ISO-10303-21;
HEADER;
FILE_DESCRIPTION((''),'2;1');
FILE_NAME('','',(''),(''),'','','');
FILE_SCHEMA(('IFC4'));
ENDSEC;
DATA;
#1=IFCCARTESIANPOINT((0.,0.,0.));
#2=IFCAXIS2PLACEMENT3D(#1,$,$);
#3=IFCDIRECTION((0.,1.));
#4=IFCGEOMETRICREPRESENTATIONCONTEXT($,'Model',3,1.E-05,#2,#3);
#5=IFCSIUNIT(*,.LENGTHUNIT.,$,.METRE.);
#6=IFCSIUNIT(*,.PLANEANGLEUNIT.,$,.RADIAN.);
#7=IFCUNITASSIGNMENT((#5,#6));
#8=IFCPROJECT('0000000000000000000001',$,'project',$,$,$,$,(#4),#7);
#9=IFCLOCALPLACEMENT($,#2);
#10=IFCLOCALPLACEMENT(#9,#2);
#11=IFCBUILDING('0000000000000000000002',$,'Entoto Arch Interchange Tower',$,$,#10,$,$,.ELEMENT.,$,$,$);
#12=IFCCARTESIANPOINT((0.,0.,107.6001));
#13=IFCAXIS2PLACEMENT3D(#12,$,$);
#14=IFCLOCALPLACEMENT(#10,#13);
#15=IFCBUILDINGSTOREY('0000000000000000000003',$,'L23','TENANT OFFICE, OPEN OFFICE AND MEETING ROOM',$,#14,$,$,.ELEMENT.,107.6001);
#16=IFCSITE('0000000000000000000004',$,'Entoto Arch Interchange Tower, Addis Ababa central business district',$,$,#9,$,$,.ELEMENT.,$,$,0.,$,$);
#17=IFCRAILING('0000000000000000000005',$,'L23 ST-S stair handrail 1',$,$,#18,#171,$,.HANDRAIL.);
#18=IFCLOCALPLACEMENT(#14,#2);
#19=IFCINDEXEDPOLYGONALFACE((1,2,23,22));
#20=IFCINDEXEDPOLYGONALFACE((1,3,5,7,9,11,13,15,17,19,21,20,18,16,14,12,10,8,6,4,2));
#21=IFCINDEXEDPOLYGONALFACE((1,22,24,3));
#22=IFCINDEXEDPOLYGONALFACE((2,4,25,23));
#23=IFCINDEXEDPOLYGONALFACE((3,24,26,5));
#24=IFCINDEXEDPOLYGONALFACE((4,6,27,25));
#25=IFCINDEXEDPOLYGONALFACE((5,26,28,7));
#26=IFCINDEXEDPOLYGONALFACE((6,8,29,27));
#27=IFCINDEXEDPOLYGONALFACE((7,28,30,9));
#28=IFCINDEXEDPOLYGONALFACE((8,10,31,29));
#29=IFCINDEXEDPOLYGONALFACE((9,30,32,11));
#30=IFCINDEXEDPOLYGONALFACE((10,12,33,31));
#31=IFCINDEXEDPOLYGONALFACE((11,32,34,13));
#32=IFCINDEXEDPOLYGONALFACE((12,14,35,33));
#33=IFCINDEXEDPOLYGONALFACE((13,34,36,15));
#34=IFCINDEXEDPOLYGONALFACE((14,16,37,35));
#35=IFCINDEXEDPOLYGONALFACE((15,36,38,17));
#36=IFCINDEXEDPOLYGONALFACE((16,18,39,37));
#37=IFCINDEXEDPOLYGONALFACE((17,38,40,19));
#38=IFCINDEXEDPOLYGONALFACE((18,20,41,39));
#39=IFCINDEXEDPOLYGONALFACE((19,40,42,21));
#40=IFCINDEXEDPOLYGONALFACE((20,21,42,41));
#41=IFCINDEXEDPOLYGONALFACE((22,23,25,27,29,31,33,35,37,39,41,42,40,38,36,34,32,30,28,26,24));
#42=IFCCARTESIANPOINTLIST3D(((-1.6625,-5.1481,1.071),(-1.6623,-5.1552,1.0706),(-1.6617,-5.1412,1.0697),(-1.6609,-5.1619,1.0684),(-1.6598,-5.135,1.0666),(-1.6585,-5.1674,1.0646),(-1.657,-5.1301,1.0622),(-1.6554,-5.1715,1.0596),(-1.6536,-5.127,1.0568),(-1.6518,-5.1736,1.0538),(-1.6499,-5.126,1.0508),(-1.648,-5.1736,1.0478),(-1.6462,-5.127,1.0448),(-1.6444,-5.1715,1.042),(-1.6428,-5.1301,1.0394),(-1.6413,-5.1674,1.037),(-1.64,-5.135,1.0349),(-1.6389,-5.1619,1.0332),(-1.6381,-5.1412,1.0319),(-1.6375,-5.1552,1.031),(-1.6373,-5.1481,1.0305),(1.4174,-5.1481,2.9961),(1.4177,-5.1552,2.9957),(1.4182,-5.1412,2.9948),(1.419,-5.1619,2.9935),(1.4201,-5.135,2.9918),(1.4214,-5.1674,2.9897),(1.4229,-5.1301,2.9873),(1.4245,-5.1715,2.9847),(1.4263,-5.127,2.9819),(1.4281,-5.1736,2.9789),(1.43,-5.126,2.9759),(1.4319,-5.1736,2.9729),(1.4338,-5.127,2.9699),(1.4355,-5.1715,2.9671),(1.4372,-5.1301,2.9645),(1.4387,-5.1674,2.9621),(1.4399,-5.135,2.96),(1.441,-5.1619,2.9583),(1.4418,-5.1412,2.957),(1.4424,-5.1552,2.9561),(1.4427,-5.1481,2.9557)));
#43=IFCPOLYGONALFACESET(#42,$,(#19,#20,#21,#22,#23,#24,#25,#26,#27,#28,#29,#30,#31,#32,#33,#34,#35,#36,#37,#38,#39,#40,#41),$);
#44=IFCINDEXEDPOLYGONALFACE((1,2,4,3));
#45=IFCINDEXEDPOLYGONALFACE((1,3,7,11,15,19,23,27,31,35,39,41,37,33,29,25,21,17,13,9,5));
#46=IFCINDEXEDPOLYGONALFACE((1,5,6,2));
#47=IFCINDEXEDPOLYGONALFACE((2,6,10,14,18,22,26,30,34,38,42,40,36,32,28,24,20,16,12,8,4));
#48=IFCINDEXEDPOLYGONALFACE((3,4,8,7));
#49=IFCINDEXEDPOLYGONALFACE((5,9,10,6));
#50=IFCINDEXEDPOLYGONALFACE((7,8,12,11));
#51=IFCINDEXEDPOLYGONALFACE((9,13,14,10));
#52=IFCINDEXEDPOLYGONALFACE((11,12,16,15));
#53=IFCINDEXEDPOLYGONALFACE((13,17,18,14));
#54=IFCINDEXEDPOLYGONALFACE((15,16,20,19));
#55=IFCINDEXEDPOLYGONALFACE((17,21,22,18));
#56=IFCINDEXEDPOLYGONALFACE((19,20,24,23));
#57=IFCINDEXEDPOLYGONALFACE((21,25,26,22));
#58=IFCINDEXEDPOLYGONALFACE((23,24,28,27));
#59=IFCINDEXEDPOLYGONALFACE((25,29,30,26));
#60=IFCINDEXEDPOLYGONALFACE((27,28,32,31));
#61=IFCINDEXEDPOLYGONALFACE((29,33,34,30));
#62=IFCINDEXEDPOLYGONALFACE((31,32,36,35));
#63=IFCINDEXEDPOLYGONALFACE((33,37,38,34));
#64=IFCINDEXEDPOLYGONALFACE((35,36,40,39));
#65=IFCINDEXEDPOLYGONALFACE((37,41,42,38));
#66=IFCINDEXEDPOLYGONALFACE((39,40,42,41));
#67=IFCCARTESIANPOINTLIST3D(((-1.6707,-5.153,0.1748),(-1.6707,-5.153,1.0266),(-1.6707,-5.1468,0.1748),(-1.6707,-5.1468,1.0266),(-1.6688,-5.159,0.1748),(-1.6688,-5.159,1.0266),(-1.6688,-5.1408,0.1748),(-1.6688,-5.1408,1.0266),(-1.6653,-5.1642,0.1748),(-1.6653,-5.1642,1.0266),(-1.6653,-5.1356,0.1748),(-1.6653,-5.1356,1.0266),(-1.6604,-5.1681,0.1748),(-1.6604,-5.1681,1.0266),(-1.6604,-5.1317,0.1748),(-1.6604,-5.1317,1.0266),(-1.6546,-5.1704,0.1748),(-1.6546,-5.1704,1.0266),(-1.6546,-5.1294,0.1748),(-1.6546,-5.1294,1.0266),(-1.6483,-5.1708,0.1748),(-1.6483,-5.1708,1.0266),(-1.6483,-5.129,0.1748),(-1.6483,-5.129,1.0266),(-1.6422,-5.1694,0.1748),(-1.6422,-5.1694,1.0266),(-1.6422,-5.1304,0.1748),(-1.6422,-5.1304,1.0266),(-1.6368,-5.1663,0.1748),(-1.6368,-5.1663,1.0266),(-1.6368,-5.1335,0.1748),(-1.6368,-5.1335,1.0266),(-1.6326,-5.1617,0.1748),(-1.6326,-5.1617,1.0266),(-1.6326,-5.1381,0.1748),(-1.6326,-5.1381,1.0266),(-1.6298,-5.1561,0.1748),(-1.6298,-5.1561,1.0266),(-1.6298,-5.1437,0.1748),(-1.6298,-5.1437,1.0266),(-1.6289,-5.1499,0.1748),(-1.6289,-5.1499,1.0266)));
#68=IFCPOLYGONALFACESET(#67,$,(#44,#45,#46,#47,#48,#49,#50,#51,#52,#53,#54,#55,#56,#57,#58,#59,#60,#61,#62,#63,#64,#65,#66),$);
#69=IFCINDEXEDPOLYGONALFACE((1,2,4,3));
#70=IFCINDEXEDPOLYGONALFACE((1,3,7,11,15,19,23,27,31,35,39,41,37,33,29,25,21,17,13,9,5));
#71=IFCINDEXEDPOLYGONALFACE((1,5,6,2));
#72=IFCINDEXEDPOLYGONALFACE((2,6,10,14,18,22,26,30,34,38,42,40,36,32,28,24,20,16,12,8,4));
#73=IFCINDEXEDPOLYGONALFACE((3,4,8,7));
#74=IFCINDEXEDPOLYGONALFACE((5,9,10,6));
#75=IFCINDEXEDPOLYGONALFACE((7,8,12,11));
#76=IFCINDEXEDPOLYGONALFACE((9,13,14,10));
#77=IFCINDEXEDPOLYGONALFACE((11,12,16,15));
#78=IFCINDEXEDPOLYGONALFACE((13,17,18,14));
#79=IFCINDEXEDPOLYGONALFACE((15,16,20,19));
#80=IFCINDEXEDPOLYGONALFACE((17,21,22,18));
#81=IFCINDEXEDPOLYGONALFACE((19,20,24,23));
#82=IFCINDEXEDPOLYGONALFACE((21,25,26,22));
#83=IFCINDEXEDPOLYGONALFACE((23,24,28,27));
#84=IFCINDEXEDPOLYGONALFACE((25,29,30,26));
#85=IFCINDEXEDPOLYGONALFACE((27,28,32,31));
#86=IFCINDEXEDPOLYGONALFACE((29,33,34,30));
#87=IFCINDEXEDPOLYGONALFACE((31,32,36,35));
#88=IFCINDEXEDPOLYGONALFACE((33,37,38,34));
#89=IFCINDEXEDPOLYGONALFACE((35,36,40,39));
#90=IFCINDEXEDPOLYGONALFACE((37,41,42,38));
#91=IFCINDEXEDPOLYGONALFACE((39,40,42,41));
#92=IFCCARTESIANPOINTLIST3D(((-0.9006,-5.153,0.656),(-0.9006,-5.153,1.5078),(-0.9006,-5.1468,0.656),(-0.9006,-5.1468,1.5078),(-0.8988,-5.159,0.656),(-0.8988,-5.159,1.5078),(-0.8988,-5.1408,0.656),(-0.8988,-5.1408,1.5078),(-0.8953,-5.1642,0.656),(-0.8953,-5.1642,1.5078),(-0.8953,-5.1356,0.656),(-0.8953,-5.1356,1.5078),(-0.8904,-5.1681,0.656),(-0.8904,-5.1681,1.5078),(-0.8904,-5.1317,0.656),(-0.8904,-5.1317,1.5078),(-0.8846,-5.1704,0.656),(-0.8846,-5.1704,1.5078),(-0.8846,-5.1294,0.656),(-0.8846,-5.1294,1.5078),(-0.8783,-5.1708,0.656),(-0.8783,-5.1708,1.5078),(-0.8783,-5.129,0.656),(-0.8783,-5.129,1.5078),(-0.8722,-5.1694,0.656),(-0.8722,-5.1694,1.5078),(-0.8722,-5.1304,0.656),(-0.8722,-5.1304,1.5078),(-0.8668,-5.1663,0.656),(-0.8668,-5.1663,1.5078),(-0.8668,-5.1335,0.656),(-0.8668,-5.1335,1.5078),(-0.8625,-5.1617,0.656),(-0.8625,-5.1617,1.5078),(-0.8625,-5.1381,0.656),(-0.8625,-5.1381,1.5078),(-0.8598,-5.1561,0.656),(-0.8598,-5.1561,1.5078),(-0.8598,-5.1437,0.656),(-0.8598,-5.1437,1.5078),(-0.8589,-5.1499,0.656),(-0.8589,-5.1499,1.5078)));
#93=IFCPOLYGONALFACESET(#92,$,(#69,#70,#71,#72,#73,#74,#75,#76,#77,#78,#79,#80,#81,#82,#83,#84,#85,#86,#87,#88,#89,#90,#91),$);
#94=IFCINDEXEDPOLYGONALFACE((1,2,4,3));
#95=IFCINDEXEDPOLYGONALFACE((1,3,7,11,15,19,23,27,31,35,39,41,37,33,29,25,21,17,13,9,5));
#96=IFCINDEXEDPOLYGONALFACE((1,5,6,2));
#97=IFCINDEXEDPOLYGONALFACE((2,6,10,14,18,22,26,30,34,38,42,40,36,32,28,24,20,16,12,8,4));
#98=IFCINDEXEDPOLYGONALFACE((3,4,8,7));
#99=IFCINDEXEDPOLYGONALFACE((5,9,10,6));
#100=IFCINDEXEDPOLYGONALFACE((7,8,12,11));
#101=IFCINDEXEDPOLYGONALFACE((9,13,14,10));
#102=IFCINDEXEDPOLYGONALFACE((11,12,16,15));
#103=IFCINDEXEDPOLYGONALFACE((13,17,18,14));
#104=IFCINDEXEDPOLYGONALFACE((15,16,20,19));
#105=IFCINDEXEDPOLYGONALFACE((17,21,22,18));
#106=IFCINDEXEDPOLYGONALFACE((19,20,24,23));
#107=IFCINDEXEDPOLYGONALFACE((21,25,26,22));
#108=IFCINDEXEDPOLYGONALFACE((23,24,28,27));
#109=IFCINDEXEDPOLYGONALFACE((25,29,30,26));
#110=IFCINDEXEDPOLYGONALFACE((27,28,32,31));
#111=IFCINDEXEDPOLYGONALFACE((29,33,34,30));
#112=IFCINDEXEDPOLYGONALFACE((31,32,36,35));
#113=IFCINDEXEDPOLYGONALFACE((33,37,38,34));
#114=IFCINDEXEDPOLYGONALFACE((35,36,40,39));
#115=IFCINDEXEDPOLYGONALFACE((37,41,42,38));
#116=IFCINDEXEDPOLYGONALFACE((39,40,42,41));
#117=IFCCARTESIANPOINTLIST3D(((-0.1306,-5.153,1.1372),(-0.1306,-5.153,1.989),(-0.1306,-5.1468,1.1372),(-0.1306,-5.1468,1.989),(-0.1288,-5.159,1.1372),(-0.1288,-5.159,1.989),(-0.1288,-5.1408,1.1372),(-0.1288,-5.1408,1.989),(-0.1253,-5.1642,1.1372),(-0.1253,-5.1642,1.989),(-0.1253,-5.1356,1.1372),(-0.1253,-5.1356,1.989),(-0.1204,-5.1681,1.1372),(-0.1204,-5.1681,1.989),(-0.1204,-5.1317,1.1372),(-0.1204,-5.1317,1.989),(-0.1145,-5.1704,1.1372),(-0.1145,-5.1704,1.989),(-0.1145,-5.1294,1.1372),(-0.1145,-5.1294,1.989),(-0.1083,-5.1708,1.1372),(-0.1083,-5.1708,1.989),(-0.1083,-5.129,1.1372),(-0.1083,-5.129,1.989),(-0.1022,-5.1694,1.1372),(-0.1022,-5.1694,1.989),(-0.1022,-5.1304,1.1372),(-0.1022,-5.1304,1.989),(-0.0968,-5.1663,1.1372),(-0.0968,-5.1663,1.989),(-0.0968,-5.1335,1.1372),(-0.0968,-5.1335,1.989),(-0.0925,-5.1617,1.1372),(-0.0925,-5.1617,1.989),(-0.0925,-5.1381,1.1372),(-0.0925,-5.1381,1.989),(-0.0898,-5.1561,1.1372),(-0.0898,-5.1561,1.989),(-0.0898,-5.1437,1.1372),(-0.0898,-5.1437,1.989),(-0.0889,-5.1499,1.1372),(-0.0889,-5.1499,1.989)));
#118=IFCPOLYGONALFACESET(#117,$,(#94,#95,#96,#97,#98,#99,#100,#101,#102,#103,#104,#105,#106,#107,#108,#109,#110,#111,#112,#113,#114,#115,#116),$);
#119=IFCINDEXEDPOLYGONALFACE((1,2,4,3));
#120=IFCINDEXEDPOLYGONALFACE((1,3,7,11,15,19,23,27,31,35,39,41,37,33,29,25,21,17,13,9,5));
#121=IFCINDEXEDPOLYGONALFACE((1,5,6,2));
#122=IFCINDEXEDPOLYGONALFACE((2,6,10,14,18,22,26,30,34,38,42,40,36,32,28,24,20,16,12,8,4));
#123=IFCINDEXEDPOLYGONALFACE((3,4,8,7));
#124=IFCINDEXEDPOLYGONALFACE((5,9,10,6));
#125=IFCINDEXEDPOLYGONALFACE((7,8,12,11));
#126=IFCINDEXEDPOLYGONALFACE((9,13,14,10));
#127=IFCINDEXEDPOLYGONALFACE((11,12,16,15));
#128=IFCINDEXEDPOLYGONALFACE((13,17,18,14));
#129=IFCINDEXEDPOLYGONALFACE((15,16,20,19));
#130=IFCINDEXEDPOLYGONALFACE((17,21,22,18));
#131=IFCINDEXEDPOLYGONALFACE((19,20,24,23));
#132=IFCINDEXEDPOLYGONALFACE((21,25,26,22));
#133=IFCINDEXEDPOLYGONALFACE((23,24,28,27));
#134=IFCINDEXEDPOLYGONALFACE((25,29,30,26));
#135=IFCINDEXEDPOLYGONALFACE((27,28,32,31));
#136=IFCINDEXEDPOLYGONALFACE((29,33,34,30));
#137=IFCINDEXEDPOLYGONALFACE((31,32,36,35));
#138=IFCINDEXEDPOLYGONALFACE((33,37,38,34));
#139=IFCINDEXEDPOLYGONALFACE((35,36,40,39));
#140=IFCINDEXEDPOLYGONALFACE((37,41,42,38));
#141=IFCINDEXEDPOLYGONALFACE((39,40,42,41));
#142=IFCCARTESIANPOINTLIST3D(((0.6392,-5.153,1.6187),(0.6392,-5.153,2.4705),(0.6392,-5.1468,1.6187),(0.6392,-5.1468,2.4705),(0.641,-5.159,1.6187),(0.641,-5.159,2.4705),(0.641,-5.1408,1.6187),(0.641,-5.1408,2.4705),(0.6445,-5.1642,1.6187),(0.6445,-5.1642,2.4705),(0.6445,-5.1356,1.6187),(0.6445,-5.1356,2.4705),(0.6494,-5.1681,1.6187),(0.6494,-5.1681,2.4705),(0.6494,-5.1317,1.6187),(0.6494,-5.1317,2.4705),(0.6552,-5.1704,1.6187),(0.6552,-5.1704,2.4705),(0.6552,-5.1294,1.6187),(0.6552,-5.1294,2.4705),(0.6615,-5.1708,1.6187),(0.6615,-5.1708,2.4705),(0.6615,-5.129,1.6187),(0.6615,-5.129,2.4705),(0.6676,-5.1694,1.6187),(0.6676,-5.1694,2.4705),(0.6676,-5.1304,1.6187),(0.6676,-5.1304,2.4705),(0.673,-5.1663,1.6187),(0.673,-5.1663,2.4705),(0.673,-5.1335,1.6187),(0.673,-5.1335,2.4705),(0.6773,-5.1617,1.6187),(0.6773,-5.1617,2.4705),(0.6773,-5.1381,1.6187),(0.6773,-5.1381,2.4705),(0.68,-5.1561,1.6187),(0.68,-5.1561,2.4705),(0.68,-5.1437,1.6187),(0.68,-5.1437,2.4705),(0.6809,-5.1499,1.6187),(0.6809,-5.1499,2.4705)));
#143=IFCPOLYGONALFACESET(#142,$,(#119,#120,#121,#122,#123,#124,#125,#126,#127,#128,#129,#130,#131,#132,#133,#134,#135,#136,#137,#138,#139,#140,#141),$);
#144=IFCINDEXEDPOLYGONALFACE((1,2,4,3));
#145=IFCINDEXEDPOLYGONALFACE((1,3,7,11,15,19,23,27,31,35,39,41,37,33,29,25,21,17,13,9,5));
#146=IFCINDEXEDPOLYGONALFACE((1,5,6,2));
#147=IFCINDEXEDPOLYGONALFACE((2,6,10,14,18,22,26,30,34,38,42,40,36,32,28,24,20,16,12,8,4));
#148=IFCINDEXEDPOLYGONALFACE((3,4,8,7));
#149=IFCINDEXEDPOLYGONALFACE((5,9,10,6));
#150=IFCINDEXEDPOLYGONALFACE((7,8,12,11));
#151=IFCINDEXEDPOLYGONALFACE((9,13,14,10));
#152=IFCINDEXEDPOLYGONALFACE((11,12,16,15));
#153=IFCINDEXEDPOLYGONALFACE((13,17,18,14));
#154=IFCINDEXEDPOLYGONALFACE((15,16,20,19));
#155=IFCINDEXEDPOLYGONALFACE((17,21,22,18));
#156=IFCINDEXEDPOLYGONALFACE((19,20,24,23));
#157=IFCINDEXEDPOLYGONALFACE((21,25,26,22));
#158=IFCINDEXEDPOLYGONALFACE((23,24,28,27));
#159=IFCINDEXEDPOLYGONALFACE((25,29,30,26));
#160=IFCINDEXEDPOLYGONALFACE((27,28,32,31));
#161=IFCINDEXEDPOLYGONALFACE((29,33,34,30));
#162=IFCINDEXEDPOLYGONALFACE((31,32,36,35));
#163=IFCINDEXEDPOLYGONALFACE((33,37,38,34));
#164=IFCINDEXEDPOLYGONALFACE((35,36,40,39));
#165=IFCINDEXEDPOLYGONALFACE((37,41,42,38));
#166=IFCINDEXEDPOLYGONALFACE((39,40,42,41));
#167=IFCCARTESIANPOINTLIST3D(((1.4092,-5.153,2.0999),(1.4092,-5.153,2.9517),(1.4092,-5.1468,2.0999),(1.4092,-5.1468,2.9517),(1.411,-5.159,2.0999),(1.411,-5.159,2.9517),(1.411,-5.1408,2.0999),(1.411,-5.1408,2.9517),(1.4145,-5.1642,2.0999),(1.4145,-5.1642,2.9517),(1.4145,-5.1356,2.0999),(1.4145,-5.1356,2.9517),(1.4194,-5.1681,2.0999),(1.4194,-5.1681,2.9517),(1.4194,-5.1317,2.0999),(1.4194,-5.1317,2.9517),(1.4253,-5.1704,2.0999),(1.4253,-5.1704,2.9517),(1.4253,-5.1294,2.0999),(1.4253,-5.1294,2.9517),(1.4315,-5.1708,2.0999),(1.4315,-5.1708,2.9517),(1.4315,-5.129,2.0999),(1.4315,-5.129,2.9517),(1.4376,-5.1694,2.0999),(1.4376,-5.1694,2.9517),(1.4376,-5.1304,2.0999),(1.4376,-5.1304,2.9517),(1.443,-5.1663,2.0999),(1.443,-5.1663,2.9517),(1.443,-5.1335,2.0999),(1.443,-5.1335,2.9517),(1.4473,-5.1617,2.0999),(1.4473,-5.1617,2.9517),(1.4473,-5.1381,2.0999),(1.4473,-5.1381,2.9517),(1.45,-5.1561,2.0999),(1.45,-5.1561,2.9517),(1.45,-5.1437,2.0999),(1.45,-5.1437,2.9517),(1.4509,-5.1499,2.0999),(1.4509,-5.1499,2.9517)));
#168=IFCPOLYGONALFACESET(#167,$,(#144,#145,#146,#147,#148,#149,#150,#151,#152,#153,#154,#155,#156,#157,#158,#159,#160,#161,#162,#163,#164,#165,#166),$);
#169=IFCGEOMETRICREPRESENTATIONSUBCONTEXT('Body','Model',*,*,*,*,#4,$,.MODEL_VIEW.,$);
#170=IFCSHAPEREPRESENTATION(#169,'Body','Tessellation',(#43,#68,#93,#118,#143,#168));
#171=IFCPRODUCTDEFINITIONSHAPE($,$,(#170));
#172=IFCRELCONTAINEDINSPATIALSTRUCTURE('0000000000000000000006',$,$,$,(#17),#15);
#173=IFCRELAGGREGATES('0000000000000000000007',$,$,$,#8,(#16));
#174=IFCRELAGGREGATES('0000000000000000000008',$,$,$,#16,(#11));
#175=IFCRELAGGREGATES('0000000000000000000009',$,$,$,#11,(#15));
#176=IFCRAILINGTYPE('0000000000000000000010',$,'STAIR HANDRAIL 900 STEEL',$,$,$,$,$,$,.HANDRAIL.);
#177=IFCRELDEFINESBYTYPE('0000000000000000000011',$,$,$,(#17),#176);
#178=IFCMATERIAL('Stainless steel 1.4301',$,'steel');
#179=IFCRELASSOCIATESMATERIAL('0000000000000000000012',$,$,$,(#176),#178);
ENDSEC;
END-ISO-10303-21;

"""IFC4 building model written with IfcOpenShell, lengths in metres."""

from ifc_helpers import new_model, si_unit, direction, frame, origin, origin_2d, place, context, subcontext, project, spatial, circle, extrude, material, type_object, element, save


model = new_model("IFC4")

# Units and contexts
model_context = context("Model", 3, precision=1e-05, world=origin(), true_north=direction((0.0, 1.0)))
body_context = subcontext(model_context, "Body", "Model", "MODEL_VIEW")
ifc_project = project(units=[si_unit("LENGTHUNIT", "METRE"), si_unit("PLANEANGLEUNIT", "RADIAN")], contexts=[model_context])

# Site, building, storey
site_placement = place(None, origin())
site = spatial("IfcSite", under=ifc_project, at=site_placement, Name="Entoto Arch Interchange Tower, Addis Ababa central business district", CompositionType="ELEMENT", RefElevation=0.0)
building_placement = place(site_placement, origin())
building = spatial("IfcBuilding", under=site, at=building_placement, Name="Entoto Arch Interchange Tower", CompositionType="ELEMENT")
storey_placement = place(building_placement, frame((0.0, 0.0, 107.6001)))
storey = spatial("IfcBuildingStorey", under=building, at=storey_placement, Name="L23", Description="TENANT OFFICE, OPEN OFFICE AND MEETING ROOM", CompositionType="ELEMENT", Elevation=107.6001)

# Railing
ifc_material_1 = material(Name="Stainless steel 1.4301", Category="steel")
railing_type_1 = type_object("IfcRailingType", Name="STAIR HANDRAIL 900 STEEL", PredefinedType="HANDRAIL", material=ifc_material_1)
railing_1_placement = place(storey_placement, frame((-1.6499, -5.1499, 0.1748)))
element("IfcRailing", 1, at=railing_1_placement, inside=storey, type_object=railing_type_1, Name="L23 ST-S stair handrail 1", PredefinedType="HANDRAIL", context=body_context, shape_type="SweptSolid", body=[
    extrude(circle(Radius=0.0239, at=origin_2d()), frame((0.0, 0.0, 0.876), z_axis=(0.847979, 0.0, 0.530029), x_axis=(0.0, 1.0, 0.0)), (0.0, 0.0, 1.0), 3.6321),
    extrude(circle(Radius=0.021, at=origin_2d()), origin(), (0.0, 0.0, 1.0), 0.8518),
    extrude(circle(Radius=0.021, at=origin_2d()), frame((0.77, 0.0, 0.4812)), (0.0, 0.0, 1.0), 0.8518),
    extrude(circle(Radius=0.021, at=origin_2d()), frame((1.54, 0.0, 0.9624)), (0.0, 0.0, 1.0), 0.8518),
    extrude(circle(Radius=0.021, at=origin_2d()), frame((2.3098, 0.0, 1.4438)), (0.0, 0.0, 1.0), 0.8518),
    extrude(circle(Radius=0.021, at=origin_2d()), frame((3.0798, 0.0, 1.925)), (0.0, 0.0, 1.0), 0.8518),
])

save(model, "model.ifc")
